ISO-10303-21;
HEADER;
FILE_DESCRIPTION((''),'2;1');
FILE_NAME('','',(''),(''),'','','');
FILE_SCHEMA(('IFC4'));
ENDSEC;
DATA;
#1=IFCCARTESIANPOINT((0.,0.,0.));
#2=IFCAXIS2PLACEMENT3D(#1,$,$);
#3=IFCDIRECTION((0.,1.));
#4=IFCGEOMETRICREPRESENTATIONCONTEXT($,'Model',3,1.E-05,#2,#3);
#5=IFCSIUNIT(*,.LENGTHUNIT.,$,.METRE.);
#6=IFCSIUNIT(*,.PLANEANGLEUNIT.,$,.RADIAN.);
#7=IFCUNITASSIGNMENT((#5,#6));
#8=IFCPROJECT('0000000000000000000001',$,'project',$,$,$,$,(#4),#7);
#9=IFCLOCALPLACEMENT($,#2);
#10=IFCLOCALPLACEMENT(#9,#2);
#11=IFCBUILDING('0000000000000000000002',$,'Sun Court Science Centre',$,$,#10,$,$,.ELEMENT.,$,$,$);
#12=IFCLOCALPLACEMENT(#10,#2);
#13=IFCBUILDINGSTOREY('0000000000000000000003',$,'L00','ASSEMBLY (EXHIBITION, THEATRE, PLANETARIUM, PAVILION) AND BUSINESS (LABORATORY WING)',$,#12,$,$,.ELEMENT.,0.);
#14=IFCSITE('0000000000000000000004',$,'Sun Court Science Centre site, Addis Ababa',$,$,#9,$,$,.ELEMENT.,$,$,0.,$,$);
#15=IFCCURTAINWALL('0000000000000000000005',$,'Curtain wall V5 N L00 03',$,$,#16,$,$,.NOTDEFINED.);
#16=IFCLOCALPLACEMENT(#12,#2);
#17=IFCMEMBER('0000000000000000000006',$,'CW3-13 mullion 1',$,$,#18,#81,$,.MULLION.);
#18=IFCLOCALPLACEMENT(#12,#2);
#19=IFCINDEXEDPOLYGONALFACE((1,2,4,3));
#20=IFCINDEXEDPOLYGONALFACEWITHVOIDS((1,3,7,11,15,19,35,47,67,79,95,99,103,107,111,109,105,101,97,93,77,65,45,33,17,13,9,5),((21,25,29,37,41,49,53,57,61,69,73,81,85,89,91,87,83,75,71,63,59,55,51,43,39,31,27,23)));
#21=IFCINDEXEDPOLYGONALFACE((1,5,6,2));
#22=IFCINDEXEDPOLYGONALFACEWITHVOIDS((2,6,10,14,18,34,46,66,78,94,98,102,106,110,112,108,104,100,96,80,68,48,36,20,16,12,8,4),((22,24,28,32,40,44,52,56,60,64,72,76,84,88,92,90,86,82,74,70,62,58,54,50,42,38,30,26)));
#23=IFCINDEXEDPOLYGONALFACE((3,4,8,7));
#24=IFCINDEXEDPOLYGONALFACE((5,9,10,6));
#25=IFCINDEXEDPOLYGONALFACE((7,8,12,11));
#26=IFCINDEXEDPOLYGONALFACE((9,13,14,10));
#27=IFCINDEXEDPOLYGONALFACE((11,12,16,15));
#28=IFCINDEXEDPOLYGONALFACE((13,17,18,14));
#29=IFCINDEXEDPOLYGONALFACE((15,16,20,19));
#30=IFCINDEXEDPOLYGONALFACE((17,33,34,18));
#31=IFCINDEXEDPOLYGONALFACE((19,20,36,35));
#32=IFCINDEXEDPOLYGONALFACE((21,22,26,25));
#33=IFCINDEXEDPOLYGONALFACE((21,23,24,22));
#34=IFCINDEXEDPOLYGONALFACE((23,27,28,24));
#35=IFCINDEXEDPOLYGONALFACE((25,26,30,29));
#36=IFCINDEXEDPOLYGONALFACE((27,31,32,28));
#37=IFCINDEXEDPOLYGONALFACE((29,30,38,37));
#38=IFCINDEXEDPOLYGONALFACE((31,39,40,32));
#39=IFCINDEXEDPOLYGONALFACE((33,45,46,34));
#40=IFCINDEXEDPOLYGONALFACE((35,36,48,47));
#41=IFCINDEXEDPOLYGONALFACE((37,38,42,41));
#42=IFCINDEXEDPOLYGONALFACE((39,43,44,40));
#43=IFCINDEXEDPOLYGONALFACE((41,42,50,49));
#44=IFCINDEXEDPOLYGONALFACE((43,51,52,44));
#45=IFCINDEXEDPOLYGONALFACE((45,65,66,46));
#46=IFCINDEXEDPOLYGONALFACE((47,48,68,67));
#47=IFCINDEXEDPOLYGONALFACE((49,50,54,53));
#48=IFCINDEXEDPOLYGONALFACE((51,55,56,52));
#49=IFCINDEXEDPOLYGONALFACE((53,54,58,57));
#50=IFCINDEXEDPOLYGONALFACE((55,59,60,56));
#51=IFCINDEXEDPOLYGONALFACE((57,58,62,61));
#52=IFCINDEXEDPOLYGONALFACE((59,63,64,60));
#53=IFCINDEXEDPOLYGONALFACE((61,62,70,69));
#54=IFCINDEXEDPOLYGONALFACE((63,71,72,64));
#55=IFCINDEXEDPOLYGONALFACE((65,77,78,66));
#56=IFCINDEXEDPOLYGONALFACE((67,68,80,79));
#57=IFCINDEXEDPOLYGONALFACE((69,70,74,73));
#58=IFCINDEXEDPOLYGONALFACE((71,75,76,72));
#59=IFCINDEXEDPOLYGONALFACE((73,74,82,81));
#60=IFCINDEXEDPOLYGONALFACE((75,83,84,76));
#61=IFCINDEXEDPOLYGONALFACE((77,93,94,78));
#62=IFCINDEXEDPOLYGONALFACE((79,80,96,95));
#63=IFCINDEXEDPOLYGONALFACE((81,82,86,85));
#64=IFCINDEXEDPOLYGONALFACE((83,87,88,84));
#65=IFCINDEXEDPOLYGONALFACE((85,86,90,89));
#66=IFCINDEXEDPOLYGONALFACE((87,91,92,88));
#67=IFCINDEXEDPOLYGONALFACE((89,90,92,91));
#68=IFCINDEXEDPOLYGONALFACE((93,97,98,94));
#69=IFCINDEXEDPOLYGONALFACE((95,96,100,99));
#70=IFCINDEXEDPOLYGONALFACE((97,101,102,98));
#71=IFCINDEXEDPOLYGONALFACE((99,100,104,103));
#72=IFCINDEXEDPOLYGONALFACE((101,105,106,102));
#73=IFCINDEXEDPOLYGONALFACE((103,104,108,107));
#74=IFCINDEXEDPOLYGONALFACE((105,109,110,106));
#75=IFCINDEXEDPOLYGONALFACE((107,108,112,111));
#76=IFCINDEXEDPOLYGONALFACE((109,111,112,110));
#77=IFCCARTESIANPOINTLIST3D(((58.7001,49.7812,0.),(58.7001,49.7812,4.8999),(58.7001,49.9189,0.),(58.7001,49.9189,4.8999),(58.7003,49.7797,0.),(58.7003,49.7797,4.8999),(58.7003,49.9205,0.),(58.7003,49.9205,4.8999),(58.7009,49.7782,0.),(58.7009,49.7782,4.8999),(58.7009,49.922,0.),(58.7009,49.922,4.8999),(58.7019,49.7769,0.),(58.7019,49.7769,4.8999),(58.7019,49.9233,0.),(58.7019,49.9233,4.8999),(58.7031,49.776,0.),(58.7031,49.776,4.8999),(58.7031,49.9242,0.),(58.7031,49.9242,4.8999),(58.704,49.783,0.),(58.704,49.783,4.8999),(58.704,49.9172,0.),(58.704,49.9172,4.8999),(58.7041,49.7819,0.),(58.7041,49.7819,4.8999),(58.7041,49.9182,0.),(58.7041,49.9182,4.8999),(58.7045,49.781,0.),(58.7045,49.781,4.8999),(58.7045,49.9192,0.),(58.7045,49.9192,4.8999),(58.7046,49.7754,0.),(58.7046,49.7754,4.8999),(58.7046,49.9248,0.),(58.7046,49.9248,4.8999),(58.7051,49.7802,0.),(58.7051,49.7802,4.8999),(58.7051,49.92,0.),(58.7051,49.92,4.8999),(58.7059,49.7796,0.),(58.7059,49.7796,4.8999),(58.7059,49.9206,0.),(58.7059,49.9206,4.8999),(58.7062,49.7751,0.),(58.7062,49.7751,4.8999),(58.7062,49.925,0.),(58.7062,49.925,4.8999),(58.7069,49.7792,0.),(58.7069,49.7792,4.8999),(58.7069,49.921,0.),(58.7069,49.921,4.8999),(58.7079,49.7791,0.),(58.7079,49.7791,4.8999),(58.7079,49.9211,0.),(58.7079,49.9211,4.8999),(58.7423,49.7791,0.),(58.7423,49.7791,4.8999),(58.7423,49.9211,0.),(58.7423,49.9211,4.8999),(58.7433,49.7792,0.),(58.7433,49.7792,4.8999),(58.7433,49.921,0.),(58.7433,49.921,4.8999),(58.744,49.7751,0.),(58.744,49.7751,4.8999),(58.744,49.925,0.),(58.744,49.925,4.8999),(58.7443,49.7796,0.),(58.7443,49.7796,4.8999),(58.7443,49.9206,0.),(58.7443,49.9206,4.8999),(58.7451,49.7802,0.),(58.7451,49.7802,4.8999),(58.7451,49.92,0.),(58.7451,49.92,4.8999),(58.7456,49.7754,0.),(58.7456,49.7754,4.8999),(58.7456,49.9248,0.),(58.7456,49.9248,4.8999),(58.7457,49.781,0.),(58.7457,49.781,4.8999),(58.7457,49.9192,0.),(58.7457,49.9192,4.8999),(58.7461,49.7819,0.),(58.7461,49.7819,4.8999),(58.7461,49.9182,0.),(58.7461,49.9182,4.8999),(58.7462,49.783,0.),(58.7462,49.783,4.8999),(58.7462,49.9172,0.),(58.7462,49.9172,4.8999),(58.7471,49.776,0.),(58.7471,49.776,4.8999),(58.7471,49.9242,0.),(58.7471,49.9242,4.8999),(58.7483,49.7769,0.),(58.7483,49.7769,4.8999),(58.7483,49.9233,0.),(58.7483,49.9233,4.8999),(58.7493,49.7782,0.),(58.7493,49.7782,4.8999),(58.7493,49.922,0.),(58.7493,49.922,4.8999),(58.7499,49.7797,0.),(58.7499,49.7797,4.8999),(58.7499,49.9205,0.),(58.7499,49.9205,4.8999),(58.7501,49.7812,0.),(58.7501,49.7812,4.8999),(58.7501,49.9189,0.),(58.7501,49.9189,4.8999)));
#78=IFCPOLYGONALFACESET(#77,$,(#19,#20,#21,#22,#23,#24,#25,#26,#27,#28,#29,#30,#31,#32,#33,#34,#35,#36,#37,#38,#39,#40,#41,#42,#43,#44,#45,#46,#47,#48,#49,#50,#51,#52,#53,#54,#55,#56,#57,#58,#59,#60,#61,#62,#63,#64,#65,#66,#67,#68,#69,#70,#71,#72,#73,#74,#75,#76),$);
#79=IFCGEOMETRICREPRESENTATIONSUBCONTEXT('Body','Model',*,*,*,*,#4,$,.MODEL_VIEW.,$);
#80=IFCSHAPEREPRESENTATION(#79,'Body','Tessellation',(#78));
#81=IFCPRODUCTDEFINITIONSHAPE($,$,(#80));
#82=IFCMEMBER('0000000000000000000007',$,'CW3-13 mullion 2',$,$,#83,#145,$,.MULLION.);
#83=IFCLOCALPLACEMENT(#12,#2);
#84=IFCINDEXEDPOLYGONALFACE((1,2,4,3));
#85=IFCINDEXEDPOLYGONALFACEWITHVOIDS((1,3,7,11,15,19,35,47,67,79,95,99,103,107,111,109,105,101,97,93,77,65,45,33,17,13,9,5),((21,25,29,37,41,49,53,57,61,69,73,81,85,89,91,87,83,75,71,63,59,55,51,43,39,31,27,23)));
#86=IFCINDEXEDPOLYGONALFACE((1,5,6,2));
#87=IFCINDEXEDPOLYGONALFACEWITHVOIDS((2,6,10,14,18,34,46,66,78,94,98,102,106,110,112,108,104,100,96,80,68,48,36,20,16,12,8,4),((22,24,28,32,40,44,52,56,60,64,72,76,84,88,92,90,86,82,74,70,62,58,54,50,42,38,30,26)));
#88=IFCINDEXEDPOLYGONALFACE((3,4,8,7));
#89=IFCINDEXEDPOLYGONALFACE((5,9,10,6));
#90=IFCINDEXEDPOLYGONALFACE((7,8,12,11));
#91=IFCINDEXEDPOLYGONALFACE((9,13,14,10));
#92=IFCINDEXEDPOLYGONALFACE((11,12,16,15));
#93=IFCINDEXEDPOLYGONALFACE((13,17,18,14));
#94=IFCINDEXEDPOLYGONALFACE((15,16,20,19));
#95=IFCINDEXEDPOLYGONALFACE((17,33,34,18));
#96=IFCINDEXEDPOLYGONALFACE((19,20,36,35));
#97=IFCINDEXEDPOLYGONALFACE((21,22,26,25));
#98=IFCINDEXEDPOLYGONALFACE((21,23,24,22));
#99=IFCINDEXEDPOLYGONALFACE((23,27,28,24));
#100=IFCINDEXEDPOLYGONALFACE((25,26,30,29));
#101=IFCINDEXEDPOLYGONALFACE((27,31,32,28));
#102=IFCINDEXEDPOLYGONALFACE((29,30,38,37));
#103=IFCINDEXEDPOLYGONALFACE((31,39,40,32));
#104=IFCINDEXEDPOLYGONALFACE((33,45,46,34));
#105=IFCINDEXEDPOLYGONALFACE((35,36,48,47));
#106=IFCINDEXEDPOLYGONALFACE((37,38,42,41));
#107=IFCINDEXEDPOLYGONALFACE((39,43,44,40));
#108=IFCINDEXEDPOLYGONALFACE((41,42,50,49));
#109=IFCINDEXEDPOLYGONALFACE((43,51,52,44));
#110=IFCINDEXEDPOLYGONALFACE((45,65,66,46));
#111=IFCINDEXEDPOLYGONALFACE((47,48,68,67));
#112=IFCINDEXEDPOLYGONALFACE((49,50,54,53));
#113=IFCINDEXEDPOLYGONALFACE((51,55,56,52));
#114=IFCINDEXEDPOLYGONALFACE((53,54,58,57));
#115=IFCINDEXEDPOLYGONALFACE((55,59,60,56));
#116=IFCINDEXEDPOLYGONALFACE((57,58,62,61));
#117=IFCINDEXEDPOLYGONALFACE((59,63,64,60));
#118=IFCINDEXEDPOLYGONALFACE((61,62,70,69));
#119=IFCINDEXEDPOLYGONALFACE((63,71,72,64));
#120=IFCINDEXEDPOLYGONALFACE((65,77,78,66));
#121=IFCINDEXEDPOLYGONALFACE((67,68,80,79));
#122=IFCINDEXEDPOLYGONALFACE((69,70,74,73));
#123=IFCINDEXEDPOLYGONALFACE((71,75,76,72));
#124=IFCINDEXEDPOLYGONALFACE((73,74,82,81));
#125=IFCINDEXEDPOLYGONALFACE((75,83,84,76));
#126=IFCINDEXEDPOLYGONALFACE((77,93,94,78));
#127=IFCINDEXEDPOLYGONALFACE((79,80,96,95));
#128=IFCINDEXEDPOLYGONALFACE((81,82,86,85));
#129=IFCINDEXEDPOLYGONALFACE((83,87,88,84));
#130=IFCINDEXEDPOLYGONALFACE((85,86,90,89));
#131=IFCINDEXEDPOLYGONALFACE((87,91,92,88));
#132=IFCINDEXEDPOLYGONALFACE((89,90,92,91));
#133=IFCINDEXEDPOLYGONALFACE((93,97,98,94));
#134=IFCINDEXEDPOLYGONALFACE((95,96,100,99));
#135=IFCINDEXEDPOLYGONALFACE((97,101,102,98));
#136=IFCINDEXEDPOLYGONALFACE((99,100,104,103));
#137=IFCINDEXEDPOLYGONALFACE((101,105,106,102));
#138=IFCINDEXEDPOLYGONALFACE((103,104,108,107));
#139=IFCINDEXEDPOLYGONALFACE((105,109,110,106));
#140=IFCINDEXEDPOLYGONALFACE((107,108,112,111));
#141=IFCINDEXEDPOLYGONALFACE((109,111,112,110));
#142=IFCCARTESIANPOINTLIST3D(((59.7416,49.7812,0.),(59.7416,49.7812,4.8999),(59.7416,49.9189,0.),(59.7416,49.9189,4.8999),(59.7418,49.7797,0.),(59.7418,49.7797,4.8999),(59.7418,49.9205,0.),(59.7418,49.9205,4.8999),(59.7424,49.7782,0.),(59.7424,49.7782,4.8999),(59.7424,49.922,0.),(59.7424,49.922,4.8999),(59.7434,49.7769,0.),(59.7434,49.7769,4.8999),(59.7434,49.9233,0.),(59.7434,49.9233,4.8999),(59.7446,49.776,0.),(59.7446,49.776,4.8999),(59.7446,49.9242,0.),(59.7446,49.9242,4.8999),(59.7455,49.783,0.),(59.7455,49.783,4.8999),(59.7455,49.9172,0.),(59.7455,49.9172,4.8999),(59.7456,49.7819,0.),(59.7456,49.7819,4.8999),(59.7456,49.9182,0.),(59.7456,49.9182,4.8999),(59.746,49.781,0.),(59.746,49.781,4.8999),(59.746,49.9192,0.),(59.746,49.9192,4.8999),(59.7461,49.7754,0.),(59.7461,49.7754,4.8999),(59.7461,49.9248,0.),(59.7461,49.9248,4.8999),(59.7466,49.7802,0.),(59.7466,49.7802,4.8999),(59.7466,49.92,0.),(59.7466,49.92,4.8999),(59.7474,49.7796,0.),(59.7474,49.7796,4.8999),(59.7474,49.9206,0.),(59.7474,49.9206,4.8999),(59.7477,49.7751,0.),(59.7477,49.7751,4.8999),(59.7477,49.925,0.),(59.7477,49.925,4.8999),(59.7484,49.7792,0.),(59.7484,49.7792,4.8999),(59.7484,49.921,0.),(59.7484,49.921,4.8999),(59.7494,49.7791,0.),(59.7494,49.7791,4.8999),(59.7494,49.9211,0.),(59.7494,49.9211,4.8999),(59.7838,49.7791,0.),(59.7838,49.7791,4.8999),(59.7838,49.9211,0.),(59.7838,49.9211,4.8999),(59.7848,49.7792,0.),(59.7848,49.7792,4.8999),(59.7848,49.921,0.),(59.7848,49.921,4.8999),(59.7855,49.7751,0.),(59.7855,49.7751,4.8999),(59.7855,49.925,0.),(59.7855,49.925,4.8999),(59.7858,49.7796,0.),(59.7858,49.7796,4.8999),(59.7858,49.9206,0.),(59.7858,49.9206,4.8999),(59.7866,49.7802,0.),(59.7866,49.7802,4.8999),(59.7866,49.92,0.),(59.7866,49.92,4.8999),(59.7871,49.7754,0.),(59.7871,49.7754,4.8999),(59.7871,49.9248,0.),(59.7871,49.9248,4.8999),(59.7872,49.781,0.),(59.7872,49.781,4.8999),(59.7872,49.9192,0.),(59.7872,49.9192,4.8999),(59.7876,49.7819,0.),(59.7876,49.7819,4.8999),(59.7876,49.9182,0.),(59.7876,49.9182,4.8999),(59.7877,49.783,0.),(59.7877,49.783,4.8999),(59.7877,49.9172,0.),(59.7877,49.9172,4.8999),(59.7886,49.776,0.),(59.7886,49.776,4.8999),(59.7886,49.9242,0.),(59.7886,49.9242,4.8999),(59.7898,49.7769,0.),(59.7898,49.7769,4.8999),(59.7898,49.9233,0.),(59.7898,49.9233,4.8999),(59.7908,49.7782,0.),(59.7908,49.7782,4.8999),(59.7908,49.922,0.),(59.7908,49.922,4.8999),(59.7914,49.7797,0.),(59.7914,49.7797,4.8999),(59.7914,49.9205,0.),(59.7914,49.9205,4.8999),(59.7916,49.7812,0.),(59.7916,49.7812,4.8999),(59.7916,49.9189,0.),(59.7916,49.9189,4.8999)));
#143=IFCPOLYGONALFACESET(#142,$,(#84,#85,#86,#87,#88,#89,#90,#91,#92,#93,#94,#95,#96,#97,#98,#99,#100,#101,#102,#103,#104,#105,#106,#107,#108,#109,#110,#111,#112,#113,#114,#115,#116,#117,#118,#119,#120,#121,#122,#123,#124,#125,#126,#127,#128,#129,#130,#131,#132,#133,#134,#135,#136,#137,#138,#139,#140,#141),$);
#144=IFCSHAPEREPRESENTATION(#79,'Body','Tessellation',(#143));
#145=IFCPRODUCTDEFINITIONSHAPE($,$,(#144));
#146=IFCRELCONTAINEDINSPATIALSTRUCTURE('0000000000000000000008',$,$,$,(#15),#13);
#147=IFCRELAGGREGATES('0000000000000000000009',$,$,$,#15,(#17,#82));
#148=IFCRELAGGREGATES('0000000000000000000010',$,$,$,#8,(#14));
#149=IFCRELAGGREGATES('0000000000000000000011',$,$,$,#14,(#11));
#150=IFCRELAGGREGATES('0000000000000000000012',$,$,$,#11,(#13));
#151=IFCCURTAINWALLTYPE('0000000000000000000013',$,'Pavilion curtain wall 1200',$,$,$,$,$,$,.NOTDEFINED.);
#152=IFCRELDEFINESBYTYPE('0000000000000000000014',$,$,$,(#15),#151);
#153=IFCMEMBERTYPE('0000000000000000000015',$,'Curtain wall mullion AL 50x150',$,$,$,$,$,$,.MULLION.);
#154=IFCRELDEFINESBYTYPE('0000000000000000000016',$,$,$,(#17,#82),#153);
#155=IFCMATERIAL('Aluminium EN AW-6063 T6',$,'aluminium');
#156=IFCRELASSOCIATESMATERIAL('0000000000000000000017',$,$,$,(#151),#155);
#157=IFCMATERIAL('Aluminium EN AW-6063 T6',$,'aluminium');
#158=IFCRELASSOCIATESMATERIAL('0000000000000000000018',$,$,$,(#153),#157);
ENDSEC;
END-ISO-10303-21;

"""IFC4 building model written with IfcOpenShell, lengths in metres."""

from ifc_helpers import new_model, si_unit, direction, frame, origin, origin_2d, place, context, subcontext, project, spatial, hollow_rectangle, extrude, material, material_profile, profile_set, type_object, element, aggregate, save


model = new_model("IFC4")

# Units and contexts
model_context = context("Model", 3, precision=1e-05, world=origin(), true_north=direction((0.0, 1.0)))
body_context = subcontext(model_context, "Body", "Model", "MODEL_VIEW")
ifc_project = project(units=[si_unit("LENGTHUNIT", "METRE"), si_unit("PLANEANGLEUNIT", "RADIAN")], contexts=[model_context])

# Site, building, storey
site_placement = place(None, origin())
site = spatial("IfcSite", under=ifc_project, at=site_placement, Name="Sun Court Science Centre site, Addis Ababa", CompositionType="ELEMENT", RefElevation=0.0)
building_placement = place(site_placement, origin())
building = spatial("IfcBuilding", under=site, at=building_placement, Name="Sun Court Science Centre", CompositionType="ELEMENT")
storey_placement = place(building_placement, origin())
storey = spatial("IfcBuildingStorey", under=building, at=storey_placement, Name="L00", Description="ASSEMBLY (EXHIBITION, THEATRE, PLANETARIUM, PAVILION) AND BUSINESS (LABORATORY WING)", CompositionType="ELEMENT", Elevation=0.0)

# Curtain wall, members
ifc_material_1 = material(Name="Aluminium EN AW-6063 T6", Category="aluminium")
curtain_wall_type = type_object("IfcCurtainWallType", Name="Pavilion curtain wall 1200", PredefinedType="NOTDEFINED", material=ifc_material_1)
ifc_material_2 = material(Name="Aluminium EN AW-6063 T6", Category="aluminium")
ifc_material_profile_1 = material_profile(ifc_material_2, hollow_rectangle(XDim=0.05, YDim=0.1499, WallThickness=0.0039, InnerFilletRadius=0.0039, OuterFilletRadius=0.0061, at=origin_2d()), Name="AL 50x150x4")
ifc_profile_set_1 = profile_set([ifc_material_profile_1], Name="Aluminium EN AW-6063 T6")
member_type_1 = type_object("IfcMemberType", Name="Curtain wall mullion AL 50x150", PredefinedType="MULLION", material=ifc_profile_set_1)
curtain_wall_1_placement = place(storey_placement, origin())
curtain_wall_1 = element("IfcCurtainWall", 1, at=curtain_wall_1_placement, inside=storey, type_object=curtain_wall_type, Name="Curtain wall V5 N L00 03", PredefinedType="NOTDEFINED")
member_1_placement = place(storey_placement, frame((58.7251, 49.8501, 0.0), z_axis=(0.0, 0.0, 1.0), x_axis=(1.0, 0.0, 0.0)))
member_1 = element("IfcMember", 2, at=member_1_placement, type_object=member_type_1, Name="CW3-13 mullion 1", PredefinedType="MULLION", context=body_context, shape_type="SweptSolid", body=[
    extrude(hollow_rectangle(XDim=0.05, YDim=0.1499, WallThickness=0.0039, InnerFilletRadius=0.0039, OuterFilletRadius=0.0061, at=origin_2d()), origin(), (0.0, 0.0, 1.0), 4.8999),
])
member_2_placement = place(storey_placement, frame((59.7666, 49.8501, 0.0), z_axis=(0.0, 0.0, 1.0), x_axis=(1.0, 0.0, 0.0)))
member_2 = element("IfcMember", 3, at=member_2_placement, type_object=member_type_1, Name="CW3-13 mullion 2", PredefinedType="MULLION", context=body_context, shape_type="SweptSolid", body=[
    extrude(hollow_rectangle(XDim=0.05, YDim=0.1499, WallThickness=0.0039, InnerFilletRadius=0.0039, OuterFilletRadius=0.0061, at=origin_2d()), origin(), (0.0, 0.0, 1.0), 4.8999),
])

aggregate(curtain_wall_1, [member_1, member_2])

save(model, "model.ifc")
